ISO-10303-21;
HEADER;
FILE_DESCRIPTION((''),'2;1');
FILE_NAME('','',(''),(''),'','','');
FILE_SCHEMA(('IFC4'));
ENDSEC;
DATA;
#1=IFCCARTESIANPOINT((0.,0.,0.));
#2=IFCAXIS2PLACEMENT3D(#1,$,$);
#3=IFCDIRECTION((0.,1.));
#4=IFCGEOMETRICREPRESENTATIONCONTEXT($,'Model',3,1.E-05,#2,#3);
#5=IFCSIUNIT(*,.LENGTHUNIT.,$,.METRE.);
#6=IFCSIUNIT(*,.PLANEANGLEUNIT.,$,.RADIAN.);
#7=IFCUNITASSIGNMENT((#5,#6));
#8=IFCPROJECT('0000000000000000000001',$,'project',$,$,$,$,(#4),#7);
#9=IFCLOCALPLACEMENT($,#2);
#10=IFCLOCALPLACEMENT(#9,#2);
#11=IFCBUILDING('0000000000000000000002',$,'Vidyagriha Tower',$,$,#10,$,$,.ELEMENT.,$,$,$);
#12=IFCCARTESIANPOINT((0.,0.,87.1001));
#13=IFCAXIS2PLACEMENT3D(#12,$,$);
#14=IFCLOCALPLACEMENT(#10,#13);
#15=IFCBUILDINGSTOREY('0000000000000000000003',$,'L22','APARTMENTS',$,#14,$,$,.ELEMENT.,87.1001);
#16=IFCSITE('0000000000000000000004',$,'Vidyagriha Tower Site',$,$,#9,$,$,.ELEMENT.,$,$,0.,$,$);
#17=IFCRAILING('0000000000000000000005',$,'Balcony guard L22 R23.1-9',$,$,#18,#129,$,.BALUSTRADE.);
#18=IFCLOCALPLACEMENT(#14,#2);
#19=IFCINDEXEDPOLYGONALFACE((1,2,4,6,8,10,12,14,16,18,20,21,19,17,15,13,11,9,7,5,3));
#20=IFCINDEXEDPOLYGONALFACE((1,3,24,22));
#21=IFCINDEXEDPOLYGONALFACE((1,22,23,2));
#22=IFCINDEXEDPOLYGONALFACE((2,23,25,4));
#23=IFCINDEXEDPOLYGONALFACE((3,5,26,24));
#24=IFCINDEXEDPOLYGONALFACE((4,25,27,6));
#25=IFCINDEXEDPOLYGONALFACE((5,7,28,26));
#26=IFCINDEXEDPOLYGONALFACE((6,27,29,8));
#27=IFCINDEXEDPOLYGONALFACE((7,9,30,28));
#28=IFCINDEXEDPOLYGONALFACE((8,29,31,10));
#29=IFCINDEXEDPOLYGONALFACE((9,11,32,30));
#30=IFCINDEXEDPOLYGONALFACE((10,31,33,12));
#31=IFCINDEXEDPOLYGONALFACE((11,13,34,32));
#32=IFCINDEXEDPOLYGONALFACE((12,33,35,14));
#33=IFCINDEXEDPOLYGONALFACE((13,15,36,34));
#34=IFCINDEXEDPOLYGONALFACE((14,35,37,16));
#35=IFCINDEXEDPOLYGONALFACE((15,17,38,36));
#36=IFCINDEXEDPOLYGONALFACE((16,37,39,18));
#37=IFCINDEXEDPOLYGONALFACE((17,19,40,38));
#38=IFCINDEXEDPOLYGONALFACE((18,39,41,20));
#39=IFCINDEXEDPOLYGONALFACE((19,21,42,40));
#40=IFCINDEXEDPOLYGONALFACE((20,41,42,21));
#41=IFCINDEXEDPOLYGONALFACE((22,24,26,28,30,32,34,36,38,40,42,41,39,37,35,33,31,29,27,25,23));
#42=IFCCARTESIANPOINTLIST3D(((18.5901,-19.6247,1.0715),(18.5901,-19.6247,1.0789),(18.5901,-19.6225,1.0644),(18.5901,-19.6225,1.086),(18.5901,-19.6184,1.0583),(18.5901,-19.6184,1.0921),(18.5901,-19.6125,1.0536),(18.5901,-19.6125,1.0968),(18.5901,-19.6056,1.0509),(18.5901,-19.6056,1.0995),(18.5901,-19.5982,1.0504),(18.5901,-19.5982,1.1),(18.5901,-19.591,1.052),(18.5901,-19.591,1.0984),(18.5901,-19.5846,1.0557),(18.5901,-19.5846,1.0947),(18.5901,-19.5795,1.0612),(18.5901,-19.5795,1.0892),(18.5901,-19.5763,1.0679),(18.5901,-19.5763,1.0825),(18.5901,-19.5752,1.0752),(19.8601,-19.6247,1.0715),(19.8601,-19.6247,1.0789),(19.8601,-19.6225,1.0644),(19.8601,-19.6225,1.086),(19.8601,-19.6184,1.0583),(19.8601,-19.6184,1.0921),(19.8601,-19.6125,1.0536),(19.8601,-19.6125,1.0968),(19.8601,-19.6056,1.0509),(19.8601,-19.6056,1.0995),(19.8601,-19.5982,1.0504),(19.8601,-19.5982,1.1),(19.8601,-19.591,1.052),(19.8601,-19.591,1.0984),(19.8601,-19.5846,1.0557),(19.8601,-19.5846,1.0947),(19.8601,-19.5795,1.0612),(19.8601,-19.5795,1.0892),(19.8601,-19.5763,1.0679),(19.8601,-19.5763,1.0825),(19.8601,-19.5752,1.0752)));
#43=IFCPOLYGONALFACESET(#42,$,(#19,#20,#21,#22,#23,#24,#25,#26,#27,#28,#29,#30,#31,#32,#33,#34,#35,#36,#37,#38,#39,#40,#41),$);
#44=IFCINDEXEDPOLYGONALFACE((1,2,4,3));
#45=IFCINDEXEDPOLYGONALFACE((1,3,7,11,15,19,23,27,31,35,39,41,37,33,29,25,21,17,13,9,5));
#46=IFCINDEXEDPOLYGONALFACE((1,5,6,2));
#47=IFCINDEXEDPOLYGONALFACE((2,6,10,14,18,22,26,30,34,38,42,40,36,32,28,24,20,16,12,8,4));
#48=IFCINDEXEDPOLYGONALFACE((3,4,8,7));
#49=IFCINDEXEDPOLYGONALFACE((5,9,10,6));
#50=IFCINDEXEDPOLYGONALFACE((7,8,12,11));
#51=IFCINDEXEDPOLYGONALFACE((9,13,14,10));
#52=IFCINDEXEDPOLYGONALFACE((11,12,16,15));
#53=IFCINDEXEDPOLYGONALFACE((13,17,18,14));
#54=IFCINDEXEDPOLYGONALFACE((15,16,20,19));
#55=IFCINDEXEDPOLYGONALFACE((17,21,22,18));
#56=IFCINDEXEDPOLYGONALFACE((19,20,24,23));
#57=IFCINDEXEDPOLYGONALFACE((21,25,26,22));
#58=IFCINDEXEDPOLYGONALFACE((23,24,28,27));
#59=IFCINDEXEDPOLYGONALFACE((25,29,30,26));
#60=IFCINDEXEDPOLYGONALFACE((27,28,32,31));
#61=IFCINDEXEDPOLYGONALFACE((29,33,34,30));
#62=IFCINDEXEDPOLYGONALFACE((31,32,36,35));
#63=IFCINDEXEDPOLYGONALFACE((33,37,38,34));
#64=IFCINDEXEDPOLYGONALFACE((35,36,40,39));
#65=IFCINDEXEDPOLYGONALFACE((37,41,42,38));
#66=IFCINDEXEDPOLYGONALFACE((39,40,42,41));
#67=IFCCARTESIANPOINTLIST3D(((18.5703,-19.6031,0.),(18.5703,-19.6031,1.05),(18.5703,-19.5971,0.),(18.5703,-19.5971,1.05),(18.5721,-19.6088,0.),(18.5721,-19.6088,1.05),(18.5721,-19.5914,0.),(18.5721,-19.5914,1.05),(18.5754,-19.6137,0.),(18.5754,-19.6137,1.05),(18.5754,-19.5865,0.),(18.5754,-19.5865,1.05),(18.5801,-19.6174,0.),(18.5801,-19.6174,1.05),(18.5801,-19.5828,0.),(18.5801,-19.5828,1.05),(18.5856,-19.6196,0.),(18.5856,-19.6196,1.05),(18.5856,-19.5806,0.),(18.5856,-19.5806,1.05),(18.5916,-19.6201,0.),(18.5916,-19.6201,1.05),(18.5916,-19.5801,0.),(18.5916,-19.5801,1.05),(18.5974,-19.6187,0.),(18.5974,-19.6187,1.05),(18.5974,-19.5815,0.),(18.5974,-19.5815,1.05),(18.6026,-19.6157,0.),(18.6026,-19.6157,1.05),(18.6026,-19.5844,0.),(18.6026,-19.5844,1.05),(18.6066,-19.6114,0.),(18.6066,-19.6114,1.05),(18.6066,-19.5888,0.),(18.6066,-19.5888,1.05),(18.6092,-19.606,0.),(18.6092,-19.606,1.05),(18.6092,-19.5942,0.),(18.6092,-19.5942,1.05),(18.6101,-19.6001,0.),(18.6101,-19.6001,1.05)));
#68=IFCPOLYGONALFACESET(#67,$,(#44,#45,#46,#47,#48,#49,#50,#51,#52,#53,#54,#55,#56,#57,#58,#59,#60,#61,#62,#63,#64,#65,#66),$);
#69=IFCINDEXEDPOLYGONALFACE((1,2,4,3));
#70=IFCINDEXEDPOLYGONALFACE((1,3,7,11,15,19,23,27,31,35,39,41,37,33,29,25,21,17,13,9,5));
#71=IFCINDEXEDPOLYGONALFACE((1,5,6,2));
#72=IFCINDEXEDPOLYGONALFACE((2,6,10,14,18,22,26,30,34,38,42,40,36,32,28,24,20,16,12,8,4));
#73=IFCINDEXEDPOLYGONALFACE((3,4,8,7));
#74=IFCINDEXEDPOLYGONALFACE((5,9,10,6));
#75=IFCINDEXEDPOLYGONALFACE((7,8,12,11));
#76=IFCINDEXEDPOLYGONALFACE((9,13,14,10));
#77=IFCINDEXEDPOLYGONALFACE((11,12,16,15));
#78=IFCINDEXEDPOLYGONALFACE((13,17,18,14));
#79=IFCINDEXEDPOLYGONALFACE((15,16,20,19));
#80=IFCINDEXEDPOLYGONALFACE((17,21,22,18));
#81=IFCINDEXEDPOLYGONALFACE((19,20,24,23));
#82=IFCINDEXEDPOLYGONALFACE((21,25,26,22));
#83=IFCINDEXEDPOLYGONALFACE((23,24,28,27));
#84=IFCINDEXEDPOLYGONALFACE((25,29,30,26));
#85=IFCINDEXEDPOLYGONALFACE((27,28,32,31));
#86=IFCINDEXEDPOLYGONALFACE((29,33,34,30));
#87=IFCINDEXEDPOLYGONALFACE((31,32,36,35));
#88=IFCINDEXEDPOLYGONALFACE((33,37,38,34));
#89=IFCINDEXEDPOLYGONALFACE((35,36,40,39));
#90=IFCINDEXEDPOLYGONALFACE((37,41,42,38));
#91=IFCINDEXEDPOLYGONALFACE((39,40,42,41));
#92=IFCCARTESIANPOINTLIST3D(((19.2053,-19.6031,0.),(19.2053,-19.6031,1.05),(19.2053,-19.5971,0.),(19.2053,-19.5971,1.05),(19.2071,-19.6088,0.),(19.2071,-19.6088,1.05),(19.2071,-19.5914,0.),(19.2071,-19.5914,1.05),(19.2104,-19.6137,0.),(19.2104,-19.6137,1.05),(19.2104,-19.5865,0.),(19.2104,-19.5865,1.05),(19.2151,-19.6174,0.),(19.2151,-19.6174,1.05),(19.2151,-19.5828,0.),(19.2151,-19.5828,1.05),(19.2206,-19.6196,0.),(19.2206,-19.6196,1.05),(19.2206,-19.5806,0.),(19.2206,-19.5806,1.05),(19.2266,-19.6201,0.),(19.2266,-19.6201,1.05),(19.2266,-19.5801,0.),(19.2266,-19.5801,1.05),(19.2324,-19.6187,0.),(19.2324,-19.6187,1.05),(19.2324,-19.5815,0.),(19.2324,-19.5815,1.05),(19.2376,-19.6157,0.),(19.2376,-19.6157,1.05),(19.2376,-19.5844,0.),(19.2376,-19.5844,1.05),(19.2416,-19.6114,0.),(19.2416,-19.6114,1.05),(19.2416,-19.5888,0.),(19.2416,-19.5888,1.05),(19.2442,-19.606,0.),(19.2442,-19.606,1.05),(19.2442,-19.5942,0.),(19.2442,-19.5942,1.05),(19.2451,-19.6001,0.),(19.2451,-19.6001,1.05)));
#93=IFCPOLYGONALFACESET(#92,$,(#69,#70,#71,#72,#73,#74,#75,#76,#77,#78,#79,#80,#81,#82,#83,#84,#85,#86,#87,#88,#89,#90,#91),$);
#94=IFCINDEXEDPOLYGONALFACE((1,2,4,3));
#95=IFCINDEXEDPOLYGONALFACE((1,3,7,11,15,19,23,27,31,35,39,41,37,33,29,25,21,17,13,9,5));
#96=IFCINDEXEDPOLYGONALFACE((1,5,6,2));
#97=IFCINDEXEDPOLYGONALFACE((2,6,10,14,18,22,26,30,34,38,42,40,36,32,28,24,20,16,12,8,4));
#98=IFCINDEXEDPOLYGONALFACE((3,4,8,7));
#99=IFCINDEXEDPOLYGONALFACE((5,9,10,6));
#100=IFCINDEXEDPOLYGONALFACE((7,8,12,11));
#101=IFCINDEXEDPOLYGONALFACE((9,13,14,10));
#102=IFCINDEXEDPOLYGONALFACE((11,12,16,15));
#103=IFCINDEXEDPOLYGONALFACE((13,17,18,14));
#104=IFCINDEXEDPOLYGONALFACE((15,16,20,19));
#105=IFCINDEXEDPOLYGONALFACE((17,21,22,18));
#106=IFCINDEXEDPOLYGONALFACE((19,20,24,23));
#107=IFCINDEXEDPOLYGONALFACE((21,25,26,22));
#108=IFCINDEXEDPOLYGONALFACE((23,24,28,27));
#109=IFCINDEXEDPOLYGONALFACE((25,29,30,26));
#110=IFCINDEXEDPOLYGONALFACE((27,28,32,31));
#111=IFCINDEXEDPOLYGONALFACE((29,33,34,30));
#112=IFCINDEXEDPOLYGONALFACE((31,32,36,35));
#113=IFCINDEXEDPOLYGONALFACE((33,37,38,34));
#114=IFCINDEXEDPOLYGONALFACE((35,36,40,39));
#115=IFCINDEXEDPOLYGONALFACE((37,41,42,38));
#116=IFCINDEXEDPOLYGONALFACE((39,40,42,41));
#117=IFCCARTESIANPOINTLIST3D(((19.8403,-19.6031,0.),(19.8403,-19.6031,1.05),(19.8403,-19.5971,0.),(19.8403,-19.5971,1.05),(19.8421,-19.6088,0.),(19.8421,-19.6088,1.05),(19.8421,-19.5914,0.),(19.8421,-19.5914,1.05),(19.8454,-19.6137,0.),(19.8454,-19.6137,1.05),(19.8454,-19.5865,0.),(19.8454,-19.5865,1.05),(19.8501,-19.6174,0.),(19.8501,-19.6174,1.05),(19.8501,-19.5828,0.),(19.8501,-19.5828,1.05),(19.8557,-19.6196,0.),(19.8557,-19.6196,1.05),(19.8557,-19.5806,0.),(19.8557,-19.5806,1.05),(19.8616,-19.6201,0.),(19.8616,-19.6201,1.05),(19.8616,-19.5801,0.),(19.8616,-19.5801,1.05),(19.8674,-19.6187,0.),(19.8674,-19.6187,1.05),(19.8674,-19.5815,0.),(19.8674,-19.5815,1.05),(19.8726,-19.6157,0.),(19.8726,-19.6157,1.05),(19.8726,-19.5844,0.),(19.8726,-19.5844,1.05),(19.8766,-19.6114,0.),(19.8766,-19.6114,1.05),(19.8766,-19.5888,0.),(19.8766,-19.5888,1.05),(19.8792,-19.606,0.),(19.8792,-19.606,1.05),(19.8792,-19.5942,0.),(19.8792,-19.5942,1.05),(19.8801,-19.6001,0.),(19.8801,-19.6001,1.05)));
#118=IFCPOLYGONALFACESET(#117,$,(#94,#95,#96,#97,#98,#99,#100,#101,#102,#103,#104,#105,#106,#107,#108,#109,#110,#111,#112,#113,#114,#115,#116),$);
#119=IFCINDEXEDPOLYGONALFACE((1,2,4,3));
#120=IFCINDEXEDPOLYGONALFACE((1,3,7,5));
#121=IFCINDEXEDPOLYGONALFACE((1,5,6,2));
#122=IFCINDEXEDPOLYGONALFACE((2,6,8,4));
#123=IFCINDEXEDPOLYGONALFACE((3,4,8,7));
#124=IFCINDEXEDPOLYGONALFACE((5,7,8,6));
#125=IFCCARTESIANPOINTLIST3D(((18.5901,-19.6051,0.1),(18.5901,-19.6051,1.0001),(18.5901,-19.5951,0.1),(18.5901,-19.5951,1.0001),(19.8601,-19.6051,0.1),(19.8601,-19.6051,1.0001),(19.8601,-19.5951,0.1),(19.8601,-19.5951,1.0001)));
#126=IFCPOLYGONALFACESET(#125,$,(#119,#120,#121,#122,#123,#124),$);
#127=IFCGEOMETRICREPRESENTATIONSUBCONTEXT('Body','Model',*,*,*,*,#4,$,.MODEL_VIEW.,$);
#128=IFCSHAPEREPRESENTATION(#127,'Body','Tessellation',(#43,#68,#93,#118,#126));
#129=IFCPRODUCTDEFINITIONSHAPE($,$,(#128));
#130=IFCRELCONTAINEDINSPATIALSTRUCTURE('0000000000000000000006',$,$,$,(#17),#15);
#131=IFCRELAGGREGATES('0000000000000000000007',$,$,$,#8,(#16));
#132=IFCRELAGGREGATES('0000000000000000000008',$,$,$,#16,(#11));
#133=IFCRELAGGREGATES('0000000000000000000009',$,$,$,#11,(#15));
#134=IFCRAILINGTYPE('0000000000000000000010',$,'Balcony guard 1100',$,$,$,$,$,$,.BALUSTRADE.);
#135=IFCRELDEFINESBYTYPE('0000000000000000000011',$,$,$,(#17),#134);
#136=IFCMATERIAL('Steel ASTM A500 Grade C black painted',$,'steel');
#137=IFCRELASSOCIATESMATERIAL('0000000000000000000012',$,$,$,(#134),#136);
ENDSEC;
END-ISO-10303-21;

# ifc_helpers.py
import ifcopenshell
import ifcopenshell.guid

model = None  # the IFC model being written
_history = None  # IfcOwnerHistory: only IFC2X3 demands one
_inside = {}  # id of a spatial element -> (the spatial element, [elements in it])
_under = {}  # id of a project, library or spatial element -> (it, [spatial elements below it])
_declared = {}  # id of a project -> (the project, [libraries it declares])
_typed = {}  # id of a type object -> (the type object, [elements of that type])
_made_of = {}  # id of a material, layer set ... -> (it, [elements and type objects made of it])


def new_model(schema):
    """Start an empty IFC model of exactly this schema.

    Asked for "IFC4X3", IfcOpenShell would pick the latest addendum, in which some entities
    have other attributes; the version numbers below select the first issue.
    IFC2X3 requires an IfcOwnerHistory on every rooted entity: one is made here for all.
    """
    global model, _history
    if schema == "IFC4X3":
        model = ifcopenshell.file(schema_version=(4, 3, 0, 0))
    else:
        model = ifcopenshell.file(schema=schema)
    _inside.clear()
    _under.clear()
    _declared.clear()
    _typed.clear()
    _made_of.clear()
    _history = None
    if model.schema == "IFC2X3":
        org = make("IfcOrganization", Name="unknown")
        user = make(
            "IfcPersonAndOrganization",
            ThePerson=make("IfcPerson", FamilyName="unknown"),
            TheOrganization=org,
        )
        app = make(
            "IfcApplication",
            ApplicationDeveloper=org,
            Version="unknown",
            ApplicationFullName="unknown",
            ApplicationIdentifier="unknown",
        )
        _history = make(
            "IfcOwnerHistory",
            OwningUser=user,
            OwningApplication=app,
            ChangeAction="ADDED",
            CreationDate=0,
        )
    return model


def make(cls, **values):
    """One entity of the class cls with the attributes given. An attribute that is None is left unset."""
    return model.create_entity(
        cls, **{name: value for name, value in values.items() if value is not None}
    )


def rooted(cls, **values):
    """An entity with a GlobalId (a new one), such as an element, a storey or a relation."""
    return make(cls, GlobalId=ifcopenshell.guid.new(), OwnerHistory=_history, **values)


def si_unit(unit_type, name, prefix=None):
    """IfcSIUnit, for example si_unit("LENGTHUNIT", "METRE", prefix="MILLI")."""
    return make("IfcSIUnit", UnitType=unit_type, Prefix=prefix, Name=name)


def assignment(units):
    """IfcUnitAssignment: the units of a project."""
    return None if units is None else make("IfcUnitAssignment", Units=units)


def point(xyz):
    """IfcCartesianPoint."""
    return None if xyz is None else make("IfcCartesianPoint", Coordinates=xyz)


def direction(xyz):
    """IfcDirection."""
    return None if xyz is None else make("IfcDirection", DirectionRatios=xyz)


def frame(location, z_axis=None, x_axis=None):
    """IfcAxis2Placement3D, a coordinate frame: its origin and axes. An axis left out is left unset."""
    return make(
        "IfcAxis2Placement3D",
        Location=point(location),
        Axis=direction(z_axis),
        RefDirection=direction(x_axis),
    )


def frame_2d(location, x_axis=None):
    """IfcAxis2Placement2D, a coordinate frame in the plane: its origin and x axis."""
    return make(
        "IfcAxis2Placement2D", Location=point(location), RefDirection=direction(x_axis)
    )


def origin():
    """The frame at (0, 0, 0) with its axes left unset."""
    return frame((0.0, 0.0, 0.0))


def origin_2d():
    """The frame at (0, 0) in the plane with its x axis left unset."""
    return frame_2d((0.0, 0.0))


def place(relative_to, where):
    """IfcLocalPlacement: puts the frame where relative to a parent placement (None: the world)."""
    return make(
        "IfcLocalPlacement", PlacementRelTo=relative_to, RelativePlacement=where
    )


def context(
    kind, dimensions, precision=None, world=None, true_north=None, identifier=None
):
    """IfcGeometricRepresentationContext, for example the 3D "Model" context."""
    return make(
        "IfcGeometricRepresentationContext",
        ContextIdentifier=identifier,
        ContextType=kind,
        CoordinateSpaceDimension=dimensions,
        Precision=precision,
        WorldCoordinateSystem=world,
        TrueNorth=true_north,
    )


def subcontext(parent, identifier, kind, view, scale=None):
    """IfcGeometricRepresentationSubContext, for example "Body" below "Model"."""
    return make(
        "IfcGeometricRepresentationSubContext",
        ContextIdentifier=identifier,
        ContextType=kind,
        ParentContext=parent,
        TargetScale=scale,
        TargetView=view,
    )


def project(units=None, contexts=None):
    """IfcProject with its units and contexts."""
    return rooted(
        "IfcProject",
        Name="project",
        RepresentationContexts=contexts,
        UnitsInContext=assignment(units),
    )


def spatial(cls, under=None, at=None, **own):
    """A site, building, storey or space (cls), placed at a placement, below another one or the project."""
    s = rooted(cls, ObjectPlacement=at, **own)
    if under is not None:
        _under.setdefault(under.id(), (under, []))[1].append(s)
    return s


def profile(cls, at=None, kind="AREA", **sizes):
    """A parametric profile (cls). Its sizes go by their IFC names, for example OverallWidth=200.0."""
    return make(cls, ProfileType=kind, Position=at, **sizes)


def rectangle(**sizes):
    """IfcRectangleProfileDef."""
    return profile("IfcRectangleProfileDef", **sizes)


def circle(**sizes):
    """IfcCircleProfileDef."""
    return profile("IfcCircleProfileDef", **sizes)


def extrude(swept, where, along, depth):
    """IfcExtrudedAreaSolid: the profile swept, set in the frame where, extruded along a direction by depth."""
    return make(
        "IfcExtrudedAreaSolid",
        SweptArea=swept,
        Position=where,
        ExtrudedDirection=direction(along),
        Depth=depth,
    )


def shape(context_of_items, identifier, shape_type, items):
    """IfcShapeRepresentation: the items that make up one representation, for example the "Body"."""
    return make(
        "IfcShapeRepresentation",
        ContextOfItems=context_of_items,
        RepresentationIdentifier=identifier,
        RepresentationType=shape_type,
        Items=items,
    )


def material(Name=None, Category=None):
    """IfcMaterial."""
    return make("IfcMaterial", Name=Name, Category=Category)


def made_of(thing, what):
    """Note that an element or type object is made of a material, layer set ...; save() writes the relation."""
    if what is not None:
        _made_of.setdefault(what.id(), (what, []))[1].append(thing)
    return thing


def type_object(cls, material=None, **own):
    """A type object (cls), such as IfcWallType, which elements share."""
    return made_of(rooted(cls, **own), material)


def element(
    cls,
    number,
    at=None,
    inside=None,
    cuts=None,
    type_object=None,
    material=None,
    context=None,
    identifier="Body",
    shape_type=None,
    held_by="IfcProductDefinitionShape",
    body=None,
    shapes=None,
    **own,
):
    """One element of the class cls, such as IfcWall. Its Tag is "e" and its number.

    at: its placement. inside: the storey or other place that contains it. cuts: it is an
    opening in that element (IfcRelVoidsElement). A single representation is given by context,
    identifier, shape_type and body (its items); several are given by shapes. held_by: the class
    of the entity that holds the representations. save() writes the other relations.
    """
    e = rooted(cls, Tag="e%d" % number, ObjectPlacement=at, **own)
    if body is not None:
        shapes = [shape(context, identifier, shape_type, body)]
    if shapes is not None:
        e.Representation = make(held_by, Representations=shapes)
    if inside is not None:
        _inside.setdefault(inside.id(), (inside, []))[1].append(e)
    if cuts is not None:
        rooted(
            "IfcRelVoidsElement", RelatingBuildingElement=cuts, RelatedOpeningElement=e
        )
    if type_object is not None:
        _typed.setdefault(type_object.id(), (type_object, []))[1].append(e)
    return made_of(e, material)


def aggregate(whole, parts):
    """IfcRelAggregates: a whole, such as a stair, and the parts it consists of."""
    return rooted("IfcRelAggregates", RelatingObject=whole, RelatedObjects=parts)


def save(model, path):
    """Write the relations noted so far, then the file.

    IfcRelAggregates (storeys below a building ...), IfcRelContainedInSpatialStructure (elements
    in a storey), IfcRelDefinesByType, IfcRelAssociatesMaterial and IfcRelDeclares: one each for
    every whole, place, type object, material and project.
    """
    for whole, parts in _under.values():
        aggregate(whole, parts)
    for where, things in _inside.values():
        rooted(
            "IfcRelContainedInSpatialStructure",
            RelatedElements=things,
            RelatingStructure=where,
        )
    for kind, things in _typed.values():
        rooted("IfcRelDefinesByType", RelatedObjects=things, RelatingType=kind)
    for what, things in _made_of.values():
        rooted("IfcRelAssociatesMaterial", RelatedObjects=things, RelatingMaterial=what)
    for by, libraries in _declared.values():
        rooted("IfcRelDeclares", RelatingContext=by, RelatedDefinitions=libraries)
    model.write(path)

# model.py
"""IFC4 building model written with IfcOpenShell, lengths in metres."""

from ifc_helpers import new_model, si_unit, direction, frame, origin, origin_2d, place, context, subcontext, project, spatial, rectangle, circle, extrude, material, type_object, element, save


model = new_model("IFC4")

# Units and contexts
model_context = context("Model", 3, precision=1e-05, world=origin(), true_north=direction((0.0, 1.0)))
body_context = subcontext(model_context, "Body", "Model", "MODEL_VIEW")
ifc_project = project(units=[si_unit("LENGTHUNIT", "METRE"), si_unit("PLANEANGLEUNIT", "RADIAN")], contexts=[model_context])

# Site, building, storey
site_placement = place(None, origin())
site = spatial("IfcSite", under=ifc_project, at=site_placement, Name="Vidyagriha Tower Site", CompositionType="ELEMENT", RefElevation=0.0)
building_placement = place(site_placement, origin())
building = spatial("IfcBuilding", under=site, at=building_placement, Name="Vidyagriha Tower", CompositionType="ELEMENT")
storey_placement = place(building_placement, frame((0.0, 0.0, 87.1001)))
storey = spatial("IfcBuildingStorey", under=building, at=storey_placement, Name="L22", Description="APARTMENTS", CompositionType="ELEMENT", Elevation=87.1001)

# Railing
ifc_material_1 = material(Name="Steel ASTM A500 Grade C black painted", Category="steel")
railing_type = type_object("IfcRailingType", Name="Balcony guard 1100", PredefinedType="BALUSTRADE", material=ifc_material_1)
railing_1_placement = place(storey_placement, frame((18.5901, -19.6001, 0.0)))
element("IfcRailing", 1, at=railing_1_placement, inside=storey, type_object=railing_type, Name="Balcony guard L22 R23.1-9", PredefinedType="BALUSTRADE", context=body_context, shape_type="SweptSolid", body=[
    extrude(circle(Radius=0.0249, at=origin_2d()), frame((0.0, 0.0, 1.0752), z_axis=(1.0, 0.0, 0.0), x_axis=(0.0, 1.0, 0.0)), (0.0, 0.0, 1.0), 1.27),
    extrude(circle(Radius=0.02, at=origin_2d()), origin(), (0.0, 0.0, 1.0), 1.05),
    extrude(circle(Radius=0.02, at=origin_2d()), frame((0.635, 0.0, 0.0)), (0.0, 0.0, 1.0), 1.05),
    extrude(circle(Radius=0.02, at=origin_2d()), frame((1.27, 0.0, 0.0)), (0.0, 0.0, 1.0), 1.05),
    extrude(rectangle(XDim=0.01, YDim=0.9001, at=origin_2d()), frame((0.0, 0.0, 0.55), z_axis=(1.0, 0.0, 0.0), x_axis=(0.0, 1.0, 0.0)), (0.0, 0.0, 1.0), 1.27),
])

save(model, "model.ifc")
